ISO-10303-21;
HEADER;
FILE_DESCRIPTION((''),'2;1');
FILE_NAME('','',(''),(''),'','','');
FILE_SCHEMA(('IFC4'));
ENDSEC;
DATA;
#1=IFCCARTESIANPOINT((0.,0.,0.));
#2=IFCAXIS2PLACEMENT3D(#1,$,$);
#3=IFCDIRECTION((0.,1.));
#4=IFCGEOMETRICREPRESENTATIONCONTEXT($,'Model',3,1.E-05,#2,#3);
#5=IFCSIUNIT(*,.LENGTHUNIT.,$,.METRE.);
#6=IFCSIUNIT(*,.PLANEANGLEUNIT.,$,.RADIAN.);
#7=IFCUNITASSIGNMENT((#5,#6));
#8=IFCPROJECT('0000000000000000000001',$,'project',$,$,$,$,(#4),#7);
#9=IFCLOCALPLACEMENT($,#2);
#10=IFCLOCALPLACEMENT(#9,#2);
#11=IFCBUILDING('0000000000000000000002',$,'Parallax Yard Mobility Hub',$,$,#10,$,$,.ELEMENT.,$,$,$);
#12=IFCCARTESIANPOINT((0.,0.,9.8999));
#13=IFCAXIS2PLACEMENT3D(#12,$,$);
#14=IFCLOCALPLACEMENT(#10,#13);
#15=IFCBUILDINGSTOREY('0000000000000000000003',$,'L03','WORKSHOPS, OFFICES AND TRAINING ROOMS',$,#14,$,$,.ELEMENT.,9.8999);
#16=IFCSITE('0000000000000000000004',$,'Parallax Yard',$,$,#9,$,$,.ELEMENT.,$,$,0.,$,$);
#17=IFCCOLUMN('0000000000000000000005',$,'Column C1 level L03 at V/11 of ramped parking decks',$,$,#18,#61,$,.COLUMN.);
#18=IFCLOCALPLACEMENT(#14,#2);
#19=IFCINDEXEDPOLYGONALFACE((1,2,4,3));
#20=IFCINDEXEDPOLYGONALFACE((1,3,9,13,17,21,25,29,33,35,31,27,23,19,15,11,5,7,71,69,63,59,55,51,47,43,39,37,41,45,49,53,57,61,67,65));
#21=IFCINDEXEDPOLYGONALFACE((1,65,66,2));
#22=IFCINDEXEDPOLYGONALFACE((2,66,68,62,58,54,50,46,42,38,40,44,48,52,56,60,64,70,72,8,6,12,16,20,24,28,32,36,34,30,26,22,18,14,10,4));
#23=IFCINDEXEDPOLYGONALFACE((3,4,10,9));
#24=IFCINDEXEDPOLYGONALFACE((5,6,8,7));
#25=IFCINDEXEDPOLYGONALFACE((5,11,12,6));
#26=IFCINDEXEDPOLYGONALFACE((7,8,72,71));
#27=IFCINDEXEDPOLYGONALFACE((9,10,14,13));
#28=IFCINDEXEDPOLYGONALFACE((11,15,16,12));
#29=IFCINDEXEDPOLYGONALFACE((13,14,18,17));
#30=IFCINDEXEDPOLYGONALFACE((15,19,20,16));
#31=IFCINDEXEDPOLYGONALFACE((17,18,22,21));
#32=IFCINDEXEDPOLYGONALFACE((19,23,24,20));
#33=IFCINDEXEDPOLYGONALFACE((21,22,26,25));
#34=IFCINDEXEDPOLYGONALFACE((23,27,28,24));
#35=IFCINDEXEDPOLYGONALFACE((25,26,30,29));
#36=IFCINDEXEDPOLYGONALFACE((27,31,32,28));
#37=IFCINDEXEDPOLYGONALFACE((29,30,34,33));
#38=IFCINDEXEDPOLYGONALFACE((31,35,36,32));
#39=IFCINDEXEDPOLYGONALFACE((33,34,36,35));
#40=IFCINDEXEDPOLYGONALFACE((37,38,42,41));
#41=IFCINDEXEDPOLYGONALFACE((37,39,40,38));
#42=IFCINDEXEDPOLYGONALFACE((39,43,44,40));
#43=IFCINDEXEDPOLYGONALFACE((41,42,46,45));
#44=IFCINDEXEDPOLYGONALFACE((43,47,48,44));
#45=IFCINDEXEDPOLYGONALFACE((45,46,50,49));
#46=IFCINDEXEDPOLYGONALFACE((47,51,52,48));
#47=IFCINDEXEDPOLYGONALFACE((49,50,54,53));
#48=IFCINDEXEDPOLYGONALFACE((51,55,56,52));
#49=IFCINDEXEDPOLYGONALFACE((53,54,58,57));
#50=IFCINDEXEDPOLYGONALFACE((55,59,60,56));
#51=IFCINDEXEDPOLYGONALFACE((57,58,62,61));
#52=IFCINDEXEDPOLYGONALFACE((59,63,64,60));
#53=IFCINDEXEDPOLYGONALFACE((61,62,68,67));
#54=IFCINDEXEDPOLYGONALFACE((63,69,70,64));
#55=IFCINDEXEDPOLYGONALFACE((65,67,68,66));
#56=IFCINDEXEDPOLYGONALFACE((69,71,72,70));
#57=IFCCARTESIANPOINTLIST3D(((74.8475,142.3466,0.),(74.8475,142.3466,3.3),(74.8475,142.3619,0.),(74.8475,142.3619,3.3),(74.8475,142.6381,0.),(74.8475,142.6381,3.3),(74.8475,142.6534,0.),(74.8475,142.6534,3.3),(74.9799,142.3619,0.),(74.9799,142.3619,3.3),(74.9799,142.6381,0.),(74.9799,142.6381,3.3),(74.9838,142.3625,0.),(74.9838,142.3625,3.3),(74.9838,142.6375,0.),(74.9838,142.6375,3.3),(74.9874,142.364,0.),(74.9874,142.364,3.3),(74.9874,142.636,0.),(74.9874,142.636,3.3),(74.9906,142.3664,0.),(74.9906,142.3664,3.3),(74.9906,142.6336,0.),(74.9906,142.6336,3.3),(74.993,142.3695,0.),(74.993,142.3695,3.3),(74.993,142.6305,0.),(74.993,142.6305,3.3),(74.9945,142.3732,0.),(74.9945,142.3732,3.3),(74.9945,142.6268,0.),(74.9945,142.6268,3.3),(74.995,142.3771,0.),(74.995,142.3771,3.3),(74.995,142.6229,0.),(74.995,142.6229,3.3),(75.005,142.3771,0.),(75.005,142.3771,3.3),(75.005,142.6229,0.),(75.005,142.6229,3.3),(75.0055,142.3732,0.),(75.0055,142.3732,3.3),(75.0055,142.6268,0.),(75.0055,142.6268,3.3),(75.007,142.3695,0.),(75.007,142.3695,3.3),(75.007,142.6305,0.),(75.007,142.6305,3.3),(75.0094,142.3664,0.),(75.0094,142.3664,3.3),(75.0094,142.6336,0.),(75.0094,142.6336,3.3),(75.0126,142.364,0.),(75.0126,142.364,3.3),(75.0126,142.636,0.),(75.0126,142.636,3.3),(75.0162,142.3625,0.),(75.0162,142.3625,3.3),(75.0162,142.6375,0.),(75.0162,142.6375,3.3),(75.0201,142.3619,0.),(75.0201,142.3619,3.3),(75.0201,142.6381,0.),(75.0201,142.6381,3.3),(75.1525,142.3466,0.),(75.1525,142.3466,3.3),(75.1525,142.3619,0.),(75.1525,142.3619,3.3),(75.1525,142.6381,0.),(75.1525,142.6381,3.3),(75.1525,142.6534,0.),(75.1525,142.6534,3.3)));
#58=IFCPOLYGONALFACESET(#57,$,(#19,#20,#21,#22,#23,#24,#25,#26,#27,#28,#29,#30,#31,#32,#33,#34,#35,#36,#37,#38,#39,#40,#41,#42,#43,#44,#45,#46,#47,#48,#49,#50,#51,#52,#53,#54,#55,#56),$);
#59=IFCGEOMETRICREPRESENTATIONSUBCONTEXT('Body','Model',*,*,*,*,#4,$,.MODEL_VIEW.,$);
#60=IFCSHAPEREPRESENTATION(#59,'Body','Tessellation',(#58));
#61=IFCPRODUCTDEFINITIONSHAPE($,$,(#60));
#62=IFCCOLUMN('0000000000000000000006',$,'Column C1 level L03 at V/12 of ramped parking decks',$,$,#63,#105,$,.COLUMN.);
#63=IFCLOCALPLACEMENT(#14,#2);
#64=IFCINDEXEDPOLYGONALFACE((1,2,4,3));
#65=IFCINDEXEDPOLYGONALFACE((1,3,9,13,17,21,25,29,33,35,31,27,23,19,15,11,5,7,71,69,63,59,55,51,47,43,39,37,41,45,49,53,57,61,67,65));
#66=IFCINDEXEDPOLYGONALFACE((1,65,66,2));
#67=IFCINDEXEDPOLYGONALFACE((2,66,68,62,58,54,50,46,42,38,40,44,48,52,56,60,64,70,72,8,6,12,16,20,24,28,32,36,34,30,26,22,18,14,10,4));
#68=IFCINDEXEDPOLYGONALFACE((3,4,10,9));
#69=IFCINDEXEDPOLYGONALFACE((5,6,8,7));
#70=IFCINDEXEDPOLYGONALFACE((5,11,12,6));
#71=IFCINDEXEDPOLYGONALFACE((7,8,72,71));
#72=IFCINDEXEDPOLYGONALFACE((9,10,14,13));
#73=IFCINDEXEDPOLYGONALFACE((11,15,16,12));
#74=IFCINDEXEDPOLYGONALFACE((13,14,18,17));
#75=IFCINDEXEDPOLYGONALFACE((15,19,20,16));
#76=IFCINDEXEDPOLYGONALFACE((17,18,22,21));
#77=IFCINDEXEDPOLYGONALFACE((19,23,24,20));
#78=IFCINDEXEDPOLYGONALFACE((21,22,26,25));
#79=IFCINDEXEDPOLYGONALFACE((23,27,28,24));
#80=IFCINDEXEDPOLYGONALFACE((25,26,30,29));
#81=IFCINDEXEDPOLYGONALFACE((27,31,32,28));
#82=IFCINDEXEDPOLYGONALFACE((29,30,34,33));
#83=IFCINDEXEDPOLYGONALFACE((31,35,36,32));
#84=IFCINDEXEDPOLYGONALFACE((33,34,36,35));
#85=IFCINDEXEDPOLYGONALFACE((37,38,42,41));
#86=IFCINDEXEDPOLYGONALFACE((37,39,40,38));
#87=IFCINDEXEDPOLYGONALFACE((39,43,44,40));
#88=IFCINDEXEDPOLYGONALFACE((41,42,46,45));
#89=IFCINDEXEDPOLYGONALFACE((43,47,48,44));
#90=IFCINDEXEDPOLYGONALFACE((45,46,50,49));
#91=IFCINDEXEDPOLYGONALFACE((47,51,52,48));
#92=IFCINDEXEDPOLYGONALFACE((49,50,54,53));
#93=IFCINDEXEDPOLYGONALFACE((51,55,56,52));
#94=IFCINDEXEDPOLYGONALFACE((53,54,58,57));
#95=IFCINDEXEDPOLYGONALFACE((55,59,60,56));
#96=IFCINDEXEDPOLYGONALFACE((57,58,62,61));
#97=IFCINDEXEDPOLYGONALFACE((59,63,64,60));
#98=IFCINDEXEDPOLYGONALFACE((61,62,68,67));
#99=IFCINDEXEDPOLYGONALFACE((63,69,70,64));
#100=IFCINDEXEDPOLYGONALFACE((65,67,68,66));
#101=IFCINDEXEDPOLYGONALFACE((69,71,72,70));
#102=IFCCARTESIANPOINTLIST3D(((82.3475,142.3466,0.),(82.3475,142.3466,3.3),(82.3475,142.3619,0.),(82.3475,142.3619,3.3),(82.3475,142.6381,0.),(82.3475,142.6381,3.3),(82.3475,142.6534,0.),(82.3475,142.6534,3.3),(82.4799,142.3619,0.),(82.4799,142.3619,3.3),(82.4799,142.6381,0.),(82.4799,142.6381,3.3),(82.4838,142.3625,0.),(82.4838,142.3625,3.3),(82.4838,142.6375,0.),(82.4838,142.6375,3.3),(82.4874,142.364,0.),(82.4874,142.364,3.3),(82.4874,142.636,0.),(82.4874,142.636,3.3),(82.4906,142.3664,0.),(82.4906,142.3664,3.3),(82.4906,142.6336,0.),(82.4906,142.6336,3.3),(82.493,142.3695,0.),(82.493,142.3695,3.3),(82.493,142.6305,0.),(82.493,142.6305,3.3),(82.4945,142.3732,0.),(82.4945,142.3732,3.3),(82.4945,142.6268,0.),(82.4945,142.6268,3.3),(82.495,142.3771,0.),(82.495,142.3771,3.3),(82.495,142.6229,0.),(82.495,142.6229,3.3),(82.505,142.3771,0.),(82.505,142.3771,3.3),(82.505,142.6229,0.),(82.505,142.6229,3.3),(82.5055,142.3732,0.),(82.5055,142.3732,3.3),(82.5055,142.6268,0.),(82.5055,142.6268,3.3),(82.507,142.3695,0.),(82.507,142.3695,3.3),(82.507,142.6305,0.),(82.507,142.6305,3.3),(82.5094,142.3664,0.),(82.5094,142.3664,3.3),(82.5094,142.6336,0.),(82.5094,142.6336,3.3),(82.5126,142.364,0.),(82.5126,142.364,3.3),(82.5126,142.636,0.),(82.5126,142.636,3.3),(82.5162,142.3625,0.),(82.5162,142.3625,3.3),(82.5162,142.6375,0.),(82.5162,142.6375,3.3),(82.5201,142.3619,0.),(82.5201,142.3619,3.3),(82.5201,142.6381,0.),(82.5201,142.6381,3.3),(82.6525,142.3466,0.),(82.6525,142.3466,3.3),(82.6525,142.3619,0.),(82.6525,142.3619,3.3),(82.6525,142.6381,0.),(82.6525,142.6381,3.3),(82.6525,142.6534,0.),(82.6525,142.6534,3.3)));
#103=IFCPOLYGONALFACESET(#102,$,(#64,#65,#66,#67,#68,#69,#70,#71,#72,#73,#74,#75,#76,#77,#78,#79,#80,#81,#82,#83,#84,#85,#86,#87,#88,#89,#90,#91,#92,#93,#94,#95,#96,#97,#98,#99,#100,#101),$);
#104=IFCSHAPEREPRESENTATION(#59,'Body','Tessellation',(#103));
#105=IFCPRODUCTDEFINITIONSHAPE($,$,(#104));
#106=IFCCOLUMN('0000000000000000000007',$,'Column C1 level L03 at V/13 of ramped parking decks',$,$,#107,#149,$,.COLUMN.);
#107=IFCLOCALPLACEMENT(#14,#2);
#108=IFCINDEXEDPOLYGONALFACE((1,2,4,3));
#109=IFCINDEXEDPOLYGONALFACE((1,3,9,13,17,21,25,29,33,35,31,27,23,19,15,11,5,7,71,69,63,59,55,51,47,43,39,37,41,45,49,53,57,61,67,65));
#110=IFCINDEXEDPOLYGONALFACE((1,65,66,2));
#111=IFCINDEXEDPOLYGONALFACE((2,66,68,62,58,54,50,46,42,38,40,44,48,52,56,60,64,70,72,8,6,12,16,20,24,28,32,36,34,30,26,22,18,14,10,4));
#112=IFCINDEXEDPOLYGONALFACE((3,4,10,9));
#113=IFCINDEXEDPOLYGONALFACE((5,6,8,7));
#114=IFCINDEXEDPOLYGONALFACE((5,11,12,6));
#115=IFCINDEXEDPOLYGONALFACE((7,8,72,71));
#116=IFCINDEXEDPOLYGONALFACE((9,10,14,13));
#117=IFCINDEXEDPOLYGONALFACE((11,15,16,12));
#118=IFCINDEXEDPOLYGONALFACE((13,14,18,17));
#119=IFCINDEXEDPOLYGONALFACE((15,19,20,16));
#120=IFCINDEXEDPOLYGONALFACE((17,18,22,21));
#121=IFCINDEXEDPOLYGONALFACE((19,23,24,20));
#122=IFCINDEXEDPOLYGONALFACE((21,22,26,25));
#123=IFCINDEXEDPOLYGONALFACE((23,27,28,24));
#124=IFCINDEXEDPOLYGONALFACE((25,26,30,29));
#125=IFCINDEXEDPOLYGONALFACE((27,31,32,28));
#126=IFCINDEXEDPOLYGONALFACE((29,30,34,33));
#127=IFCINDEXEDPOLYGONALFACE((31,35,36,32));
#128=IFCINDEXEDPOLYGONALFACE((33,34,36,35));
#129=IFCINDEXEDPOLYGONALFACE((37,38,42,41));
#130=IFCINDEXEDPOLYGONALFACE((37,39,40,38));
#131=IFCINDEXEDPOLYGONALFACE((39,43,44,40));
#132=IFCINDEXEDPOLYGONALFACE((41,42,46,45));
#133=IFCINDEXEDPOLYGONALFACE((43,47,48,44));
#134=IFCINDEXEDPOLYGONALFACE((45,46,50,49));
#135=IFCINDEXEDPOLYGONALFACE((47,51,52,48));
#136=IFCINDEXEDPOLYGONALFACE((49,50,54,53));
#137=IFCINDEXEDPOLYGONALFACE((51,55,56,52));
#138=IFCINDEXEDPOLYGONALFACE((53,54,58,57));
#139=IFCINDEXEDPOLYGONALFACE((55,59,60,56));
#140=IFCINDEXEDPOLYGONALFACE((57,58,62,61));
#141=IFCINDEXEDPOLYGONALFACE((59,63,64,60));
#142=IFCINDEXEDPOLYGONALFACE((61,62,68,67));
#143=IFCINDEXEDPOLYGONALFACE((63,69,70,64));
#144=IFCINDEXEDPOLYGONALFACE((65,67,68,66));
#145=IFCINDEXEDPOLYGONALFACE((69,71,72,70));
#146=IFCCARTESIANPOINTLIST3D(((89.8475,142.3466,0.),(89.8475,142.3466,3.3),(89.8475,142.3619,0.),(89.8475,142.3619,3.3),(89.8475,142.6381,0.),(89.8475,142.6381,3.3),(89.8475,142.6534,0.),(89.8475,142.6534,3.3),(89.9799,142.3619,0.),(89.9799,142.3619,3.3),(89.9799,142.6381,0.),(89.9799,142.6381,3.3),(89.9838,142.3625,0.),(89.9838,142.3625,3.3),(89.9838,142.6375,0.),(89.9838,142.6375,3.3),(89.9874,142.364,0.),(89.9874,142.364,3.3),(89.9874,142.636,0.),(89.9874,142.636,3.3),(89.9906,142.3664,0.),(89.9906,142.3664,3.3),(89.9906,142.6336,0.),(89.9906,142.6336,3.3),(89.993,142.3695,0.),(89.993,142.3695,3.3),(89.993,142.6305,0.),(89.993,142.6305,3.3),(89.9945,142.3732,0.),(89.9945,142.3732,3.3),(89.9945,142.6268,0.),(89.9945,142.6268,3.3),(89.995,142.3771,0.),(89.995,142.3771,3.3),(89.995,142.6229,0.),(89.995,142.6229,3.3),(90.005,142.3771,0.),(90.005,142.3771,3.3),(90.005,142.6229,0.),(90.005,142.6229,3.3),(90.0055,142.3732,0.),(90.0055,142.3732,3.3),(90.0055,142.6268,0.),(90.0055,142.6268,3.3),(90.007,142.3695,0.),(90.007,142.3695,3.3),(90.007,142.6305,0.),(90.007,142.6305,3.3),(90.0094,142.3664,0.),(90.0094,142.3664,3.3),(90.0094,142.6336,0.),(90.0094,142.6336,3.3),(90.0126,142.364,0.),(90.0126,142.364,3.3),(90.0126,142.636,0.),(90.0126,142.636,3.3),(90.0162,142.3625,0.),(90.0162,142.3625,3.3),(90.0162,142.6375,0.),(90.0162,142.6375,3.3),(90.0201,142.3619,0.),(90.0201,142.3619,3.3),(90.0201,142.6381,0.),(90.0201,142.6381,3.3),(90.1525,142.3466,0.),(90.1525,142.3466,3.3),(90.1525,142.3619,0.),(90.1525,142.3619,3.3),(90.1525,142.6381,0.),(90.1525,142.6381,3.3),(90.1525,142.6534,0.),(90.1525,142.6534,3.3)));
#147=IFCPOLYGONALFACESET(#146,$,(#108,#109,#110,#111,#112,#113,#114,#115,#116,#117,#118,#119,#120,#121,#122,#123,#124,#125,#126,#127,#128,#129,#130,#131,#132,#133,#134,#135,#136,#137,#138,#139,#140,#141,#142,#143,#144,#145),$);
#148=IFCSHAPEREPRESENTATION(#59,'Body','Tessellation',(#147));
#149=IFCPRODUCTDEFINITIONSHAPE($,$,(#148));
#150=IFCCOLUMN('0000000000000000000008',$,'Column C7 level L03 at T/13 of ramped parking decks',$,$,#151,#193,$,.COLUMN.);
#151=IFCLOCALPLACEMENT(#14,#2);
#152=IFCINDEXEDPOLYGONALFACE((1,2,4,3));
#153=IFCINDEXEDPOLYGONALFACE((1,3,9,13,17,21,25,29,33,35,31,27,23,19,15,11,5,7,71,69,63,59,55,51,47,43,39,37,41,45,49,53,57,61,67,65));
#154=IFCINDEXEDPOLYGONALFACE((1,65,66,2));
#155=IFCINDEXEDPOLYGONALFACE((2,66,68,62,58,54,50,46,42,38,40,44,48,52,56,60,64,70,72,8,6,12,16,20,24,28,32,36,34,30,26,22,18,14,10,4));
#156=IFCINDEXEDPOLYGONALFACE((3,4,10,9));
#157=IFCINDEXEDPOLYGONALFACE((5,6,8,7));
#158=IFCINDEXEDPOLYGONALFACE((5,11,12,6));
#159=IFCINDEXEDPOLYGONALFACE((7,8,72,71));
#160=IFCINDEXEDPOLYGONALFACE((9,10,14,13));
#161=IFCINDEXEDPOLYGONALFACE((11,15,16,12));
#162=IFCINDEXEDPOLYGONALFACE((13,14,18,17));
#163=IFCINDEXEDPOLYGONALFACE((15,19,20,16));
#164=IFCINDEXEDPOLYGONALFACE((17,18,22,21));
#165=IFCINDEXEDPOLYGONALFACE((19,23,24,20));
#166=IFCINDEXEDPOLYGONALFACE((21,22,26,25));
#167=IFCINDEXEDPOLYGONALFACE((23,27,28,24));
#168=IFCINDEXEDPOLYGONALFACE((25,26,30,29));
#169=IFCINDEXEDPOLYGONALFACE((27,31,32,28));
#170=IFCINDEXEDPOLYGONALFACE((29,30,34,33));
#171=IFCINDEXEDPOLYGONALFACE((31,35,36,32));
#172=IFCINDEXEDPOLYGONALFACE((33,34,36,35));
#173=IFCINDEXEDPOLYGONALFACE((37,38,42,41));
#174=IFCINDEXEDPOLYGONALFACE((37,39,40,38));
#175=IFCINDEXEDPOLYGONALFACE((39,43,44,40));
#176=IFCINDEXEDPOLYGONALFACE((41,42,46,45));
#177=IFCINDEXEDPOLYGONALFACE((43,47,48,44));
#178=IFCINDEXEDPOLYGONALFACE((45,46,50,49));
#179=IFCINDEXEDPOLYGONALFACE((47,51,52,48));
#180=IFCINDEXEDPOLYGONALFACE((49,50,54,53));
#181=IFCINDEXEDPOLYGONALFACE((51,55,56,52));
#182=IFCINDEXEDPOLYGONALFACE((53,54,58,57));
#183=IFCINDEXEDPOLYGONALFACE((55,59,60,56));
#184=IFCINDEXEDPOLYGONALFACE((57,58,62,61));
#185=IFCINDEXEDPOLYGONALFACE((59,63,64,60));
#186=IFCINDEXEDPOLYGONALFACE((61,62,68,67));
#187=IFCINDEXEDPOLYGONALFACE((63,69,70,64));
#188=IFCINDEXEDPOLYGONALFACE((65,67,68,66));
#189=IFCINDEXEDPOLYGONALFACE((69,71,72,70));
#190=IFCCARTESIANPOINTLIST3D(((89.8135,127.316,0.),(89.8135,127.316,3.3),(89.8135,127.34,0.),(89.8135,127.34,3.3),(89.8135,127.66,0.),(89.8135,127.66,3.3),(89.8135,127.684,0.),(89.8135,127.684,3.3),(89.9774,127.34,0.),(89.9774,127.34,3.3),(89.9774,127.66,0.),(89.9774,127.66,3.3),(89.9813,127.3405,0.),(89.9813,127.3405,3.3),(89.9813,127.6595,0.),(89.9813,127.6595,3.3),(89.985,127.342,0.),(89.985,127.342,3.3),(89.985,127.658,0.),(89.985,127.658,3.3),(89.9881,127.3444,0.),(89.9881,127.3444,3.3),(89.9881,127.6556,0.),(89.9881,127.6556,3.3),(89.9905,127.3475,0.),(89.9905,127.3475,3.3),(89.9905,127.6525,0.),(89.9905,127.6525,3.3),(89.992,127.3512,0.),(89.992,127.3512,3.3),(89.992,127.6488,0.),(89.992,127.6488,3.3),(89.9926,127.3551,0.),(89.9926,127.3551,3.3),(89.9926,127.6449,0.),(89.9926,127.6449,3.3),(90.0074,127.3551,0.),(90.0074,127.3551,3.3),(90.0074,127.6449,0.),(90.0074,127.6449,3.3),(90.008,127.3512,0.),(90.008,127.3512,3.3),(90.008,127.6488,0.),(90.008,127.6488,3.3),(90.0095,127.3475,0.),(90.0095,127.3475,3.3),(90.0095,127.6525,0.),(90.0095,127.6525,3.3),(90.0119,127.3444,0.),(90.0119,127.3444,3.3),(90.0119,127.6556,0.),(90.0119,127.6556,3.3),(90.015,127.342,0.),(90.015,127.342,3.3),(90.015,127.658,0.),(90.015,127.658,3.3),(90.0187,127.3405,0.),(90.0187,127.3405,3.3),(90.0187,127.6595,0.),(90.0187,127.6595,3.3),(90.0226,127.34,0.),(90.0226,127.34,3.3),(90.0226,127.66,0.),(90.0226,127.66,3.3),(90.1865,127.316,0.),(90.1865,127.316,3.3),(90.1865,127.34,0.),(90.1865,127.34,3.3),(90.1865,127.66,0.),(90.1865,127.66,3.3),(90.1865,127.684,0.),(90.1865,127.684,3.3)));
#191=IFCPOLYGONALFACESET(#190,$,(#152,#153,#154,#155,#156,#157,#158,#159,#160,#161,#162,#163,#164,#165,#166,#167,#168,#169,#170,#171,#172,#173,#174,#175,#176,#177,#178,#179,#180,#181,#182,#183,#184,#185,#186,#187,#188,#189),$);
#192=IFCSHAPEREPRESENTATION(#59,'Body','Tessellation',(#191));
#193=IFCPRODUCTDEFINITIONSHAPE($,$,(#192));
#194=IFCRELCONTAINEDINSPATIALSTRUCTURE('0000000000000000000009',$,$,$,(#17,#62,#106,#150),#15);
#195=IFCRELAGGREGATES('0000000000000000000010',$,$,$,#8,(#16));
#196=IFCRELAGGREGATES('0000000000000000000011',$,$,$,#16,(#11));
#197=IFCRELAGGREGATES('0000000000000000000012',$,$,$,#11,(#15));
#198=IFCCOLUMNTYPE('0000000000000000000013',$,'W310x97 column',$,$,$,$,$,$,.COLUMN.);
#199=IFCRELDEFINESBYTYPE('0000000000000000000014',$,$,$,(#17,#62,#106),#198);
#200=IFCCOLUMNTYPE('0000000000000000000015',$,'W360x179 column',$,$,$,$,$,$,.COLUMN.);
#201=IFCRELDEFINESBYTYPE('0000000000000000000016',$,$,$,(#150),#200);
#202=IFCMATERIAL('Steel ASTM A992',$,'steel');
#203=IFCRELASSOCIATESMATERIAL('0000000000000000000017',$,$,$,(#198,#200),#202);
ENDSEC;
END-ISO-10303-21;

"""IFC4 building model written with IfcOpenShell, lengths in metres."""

from ifc_helpers import new_model, si_unit, direction, frame, origin, origin_2d, place, context, subcontext, project, spatial, i_section, extrude, material, material_profile, profile_set, type_object, element, save


model = new_model("IFC4")

# Units and contexts
model_context = context("Model", 3, precision=1e-05, world=origin(), true_north=direction((0.0, 1.0)))
body_context = subcontext(model_context, "Body", "Model", "MODEL_VIEW")
ifc_project = project(units=[si_unit("LENGTHUNIT", "METRE"), si_unit("PLANEANGLEUNIT", "RADIAN")], contexts=[model_context])

# Site, building, storey
site_placement = place(None, origin())
site = spatial("IfcSite", under=ifc_project, at=site_placement, Name="Parallax Yard", CompositionType="ELEMENT", RefElevation=0.0)
building_placement = place(site_placement, origin())
building = spatial("IfcBuilding", under=site, at=building_placement, Name="Parallax Yard Mobility Hub", CompositionType="ELEMENT")
storey_placement = place(building_placement, frame((0.0, 0.0, 9.8999)))
storey = spatial("IfcBuildingStorey", under=building, at=storey_placement, Name="L03", Description="WORKSHOPS, OFFICES AND TRAINING ROOMS", CompositionType="ELEMENT", Elevation=9.8999)

# Columns
ifc_material_1 = material(Name="Steel ASTM A992", Category="steel")
ifc_material_profile_1 = material_profile(ifc_material_1, i_section(OverallWidth=0.3049, OverallDepth=0.3069, WebThickness=0.01, FlangeThickness=0.0154, FilletRadius=0.0151, at=origin_2d()), Name="W310x97")
ifc_profile_set_1 = profile_set([ifc_material_profile_1], Name="Steel ASTM A992")
column_type_1 = type_object("IfcColumnType", Name="W310x97 column", PredefinedType="COLUMN", material=ifc_profile_set_1)
for number, where, z_axis, x_axis, name in (
    (1, (75.0, 142.5, 0.0), (0.0, 0.0, 1.0), (1.0, 0.0, 0.0), "Column C1 level L03 at V/11 of ramped parking decks"),
    (2, (82.5, 142.5, 0.0), (0.0, 0.0, 1.0), (1.0, 0.0, 0.0), "Column C1 level L03 at V/12 of ramped parking decks"),
    (3, (90.0, 142.5, 0.0), (0.0, 0.0, 1.0), (1.0, 0.0, 0.0), "Column C1 level L03 at V/13 of ramped parking decks"),
):
    element("IfcColumn", number, at=place(storey_placement, frame(where, z_axis=z_axis, x_axis=x_axis)), inside=storey, type_object=column_type_1, Name=name, PredefinedType="COLUMN", context=body_context, shape_type="SweptSolid", body=[
        extrude(i_section(OverallWidth=0.3049, OverallDepth=0.3069, WebThickness=0.01, FlangeThickness=0.0154, FilletRadius=0.0151, at=origin_2d()), origin(), (0.0, 0.0, 1.0), 3.3),
    ])
ifc_material_profile_2 = material_profile(ifc_material_1, i_section(OverallWidth=0.373, OverallDepth=0.3679, WebThickness=0.0149, FlangeThickness=0.0239, FilletRadius=0.0151, at=origin_2d()), Name="W360x179")
ifc_profile_set_2 = profile_set([ifc_material_profile_2], Name="Steel ASTM A992")
column_type_2 = type_object("IfcColumnType", Name="W360x179 column", PredefinedType="COLUMN", material=ifc_profile_set_2)
column_1_placement = place(storey_placement, frame((90.0, 127.5, 0.0), z_axis=(0.0, 0.0, 1.0), x_axis=(1.0, 0.0, 0.0)))
element("IfcColumn", 4, at=column_1_placement, inside=storey, type_object=column_type_2, Name="Column C7 level L03 at T/13 of ramped parking decks", PredefinedType="COLUMN", context=body_context, shape_type="SweptSolid", body=[
    extrude(i_section(OverallWidth=0.373, OverallDepth=0.3679, WebThickness=0.0149, FlangeThickness=0.0239, FilletRadius=0.0151, at=origin_2d()), origin(), (0.0, 0.0, 1.0), 3.3),
])

save(model, "model.ifc")
